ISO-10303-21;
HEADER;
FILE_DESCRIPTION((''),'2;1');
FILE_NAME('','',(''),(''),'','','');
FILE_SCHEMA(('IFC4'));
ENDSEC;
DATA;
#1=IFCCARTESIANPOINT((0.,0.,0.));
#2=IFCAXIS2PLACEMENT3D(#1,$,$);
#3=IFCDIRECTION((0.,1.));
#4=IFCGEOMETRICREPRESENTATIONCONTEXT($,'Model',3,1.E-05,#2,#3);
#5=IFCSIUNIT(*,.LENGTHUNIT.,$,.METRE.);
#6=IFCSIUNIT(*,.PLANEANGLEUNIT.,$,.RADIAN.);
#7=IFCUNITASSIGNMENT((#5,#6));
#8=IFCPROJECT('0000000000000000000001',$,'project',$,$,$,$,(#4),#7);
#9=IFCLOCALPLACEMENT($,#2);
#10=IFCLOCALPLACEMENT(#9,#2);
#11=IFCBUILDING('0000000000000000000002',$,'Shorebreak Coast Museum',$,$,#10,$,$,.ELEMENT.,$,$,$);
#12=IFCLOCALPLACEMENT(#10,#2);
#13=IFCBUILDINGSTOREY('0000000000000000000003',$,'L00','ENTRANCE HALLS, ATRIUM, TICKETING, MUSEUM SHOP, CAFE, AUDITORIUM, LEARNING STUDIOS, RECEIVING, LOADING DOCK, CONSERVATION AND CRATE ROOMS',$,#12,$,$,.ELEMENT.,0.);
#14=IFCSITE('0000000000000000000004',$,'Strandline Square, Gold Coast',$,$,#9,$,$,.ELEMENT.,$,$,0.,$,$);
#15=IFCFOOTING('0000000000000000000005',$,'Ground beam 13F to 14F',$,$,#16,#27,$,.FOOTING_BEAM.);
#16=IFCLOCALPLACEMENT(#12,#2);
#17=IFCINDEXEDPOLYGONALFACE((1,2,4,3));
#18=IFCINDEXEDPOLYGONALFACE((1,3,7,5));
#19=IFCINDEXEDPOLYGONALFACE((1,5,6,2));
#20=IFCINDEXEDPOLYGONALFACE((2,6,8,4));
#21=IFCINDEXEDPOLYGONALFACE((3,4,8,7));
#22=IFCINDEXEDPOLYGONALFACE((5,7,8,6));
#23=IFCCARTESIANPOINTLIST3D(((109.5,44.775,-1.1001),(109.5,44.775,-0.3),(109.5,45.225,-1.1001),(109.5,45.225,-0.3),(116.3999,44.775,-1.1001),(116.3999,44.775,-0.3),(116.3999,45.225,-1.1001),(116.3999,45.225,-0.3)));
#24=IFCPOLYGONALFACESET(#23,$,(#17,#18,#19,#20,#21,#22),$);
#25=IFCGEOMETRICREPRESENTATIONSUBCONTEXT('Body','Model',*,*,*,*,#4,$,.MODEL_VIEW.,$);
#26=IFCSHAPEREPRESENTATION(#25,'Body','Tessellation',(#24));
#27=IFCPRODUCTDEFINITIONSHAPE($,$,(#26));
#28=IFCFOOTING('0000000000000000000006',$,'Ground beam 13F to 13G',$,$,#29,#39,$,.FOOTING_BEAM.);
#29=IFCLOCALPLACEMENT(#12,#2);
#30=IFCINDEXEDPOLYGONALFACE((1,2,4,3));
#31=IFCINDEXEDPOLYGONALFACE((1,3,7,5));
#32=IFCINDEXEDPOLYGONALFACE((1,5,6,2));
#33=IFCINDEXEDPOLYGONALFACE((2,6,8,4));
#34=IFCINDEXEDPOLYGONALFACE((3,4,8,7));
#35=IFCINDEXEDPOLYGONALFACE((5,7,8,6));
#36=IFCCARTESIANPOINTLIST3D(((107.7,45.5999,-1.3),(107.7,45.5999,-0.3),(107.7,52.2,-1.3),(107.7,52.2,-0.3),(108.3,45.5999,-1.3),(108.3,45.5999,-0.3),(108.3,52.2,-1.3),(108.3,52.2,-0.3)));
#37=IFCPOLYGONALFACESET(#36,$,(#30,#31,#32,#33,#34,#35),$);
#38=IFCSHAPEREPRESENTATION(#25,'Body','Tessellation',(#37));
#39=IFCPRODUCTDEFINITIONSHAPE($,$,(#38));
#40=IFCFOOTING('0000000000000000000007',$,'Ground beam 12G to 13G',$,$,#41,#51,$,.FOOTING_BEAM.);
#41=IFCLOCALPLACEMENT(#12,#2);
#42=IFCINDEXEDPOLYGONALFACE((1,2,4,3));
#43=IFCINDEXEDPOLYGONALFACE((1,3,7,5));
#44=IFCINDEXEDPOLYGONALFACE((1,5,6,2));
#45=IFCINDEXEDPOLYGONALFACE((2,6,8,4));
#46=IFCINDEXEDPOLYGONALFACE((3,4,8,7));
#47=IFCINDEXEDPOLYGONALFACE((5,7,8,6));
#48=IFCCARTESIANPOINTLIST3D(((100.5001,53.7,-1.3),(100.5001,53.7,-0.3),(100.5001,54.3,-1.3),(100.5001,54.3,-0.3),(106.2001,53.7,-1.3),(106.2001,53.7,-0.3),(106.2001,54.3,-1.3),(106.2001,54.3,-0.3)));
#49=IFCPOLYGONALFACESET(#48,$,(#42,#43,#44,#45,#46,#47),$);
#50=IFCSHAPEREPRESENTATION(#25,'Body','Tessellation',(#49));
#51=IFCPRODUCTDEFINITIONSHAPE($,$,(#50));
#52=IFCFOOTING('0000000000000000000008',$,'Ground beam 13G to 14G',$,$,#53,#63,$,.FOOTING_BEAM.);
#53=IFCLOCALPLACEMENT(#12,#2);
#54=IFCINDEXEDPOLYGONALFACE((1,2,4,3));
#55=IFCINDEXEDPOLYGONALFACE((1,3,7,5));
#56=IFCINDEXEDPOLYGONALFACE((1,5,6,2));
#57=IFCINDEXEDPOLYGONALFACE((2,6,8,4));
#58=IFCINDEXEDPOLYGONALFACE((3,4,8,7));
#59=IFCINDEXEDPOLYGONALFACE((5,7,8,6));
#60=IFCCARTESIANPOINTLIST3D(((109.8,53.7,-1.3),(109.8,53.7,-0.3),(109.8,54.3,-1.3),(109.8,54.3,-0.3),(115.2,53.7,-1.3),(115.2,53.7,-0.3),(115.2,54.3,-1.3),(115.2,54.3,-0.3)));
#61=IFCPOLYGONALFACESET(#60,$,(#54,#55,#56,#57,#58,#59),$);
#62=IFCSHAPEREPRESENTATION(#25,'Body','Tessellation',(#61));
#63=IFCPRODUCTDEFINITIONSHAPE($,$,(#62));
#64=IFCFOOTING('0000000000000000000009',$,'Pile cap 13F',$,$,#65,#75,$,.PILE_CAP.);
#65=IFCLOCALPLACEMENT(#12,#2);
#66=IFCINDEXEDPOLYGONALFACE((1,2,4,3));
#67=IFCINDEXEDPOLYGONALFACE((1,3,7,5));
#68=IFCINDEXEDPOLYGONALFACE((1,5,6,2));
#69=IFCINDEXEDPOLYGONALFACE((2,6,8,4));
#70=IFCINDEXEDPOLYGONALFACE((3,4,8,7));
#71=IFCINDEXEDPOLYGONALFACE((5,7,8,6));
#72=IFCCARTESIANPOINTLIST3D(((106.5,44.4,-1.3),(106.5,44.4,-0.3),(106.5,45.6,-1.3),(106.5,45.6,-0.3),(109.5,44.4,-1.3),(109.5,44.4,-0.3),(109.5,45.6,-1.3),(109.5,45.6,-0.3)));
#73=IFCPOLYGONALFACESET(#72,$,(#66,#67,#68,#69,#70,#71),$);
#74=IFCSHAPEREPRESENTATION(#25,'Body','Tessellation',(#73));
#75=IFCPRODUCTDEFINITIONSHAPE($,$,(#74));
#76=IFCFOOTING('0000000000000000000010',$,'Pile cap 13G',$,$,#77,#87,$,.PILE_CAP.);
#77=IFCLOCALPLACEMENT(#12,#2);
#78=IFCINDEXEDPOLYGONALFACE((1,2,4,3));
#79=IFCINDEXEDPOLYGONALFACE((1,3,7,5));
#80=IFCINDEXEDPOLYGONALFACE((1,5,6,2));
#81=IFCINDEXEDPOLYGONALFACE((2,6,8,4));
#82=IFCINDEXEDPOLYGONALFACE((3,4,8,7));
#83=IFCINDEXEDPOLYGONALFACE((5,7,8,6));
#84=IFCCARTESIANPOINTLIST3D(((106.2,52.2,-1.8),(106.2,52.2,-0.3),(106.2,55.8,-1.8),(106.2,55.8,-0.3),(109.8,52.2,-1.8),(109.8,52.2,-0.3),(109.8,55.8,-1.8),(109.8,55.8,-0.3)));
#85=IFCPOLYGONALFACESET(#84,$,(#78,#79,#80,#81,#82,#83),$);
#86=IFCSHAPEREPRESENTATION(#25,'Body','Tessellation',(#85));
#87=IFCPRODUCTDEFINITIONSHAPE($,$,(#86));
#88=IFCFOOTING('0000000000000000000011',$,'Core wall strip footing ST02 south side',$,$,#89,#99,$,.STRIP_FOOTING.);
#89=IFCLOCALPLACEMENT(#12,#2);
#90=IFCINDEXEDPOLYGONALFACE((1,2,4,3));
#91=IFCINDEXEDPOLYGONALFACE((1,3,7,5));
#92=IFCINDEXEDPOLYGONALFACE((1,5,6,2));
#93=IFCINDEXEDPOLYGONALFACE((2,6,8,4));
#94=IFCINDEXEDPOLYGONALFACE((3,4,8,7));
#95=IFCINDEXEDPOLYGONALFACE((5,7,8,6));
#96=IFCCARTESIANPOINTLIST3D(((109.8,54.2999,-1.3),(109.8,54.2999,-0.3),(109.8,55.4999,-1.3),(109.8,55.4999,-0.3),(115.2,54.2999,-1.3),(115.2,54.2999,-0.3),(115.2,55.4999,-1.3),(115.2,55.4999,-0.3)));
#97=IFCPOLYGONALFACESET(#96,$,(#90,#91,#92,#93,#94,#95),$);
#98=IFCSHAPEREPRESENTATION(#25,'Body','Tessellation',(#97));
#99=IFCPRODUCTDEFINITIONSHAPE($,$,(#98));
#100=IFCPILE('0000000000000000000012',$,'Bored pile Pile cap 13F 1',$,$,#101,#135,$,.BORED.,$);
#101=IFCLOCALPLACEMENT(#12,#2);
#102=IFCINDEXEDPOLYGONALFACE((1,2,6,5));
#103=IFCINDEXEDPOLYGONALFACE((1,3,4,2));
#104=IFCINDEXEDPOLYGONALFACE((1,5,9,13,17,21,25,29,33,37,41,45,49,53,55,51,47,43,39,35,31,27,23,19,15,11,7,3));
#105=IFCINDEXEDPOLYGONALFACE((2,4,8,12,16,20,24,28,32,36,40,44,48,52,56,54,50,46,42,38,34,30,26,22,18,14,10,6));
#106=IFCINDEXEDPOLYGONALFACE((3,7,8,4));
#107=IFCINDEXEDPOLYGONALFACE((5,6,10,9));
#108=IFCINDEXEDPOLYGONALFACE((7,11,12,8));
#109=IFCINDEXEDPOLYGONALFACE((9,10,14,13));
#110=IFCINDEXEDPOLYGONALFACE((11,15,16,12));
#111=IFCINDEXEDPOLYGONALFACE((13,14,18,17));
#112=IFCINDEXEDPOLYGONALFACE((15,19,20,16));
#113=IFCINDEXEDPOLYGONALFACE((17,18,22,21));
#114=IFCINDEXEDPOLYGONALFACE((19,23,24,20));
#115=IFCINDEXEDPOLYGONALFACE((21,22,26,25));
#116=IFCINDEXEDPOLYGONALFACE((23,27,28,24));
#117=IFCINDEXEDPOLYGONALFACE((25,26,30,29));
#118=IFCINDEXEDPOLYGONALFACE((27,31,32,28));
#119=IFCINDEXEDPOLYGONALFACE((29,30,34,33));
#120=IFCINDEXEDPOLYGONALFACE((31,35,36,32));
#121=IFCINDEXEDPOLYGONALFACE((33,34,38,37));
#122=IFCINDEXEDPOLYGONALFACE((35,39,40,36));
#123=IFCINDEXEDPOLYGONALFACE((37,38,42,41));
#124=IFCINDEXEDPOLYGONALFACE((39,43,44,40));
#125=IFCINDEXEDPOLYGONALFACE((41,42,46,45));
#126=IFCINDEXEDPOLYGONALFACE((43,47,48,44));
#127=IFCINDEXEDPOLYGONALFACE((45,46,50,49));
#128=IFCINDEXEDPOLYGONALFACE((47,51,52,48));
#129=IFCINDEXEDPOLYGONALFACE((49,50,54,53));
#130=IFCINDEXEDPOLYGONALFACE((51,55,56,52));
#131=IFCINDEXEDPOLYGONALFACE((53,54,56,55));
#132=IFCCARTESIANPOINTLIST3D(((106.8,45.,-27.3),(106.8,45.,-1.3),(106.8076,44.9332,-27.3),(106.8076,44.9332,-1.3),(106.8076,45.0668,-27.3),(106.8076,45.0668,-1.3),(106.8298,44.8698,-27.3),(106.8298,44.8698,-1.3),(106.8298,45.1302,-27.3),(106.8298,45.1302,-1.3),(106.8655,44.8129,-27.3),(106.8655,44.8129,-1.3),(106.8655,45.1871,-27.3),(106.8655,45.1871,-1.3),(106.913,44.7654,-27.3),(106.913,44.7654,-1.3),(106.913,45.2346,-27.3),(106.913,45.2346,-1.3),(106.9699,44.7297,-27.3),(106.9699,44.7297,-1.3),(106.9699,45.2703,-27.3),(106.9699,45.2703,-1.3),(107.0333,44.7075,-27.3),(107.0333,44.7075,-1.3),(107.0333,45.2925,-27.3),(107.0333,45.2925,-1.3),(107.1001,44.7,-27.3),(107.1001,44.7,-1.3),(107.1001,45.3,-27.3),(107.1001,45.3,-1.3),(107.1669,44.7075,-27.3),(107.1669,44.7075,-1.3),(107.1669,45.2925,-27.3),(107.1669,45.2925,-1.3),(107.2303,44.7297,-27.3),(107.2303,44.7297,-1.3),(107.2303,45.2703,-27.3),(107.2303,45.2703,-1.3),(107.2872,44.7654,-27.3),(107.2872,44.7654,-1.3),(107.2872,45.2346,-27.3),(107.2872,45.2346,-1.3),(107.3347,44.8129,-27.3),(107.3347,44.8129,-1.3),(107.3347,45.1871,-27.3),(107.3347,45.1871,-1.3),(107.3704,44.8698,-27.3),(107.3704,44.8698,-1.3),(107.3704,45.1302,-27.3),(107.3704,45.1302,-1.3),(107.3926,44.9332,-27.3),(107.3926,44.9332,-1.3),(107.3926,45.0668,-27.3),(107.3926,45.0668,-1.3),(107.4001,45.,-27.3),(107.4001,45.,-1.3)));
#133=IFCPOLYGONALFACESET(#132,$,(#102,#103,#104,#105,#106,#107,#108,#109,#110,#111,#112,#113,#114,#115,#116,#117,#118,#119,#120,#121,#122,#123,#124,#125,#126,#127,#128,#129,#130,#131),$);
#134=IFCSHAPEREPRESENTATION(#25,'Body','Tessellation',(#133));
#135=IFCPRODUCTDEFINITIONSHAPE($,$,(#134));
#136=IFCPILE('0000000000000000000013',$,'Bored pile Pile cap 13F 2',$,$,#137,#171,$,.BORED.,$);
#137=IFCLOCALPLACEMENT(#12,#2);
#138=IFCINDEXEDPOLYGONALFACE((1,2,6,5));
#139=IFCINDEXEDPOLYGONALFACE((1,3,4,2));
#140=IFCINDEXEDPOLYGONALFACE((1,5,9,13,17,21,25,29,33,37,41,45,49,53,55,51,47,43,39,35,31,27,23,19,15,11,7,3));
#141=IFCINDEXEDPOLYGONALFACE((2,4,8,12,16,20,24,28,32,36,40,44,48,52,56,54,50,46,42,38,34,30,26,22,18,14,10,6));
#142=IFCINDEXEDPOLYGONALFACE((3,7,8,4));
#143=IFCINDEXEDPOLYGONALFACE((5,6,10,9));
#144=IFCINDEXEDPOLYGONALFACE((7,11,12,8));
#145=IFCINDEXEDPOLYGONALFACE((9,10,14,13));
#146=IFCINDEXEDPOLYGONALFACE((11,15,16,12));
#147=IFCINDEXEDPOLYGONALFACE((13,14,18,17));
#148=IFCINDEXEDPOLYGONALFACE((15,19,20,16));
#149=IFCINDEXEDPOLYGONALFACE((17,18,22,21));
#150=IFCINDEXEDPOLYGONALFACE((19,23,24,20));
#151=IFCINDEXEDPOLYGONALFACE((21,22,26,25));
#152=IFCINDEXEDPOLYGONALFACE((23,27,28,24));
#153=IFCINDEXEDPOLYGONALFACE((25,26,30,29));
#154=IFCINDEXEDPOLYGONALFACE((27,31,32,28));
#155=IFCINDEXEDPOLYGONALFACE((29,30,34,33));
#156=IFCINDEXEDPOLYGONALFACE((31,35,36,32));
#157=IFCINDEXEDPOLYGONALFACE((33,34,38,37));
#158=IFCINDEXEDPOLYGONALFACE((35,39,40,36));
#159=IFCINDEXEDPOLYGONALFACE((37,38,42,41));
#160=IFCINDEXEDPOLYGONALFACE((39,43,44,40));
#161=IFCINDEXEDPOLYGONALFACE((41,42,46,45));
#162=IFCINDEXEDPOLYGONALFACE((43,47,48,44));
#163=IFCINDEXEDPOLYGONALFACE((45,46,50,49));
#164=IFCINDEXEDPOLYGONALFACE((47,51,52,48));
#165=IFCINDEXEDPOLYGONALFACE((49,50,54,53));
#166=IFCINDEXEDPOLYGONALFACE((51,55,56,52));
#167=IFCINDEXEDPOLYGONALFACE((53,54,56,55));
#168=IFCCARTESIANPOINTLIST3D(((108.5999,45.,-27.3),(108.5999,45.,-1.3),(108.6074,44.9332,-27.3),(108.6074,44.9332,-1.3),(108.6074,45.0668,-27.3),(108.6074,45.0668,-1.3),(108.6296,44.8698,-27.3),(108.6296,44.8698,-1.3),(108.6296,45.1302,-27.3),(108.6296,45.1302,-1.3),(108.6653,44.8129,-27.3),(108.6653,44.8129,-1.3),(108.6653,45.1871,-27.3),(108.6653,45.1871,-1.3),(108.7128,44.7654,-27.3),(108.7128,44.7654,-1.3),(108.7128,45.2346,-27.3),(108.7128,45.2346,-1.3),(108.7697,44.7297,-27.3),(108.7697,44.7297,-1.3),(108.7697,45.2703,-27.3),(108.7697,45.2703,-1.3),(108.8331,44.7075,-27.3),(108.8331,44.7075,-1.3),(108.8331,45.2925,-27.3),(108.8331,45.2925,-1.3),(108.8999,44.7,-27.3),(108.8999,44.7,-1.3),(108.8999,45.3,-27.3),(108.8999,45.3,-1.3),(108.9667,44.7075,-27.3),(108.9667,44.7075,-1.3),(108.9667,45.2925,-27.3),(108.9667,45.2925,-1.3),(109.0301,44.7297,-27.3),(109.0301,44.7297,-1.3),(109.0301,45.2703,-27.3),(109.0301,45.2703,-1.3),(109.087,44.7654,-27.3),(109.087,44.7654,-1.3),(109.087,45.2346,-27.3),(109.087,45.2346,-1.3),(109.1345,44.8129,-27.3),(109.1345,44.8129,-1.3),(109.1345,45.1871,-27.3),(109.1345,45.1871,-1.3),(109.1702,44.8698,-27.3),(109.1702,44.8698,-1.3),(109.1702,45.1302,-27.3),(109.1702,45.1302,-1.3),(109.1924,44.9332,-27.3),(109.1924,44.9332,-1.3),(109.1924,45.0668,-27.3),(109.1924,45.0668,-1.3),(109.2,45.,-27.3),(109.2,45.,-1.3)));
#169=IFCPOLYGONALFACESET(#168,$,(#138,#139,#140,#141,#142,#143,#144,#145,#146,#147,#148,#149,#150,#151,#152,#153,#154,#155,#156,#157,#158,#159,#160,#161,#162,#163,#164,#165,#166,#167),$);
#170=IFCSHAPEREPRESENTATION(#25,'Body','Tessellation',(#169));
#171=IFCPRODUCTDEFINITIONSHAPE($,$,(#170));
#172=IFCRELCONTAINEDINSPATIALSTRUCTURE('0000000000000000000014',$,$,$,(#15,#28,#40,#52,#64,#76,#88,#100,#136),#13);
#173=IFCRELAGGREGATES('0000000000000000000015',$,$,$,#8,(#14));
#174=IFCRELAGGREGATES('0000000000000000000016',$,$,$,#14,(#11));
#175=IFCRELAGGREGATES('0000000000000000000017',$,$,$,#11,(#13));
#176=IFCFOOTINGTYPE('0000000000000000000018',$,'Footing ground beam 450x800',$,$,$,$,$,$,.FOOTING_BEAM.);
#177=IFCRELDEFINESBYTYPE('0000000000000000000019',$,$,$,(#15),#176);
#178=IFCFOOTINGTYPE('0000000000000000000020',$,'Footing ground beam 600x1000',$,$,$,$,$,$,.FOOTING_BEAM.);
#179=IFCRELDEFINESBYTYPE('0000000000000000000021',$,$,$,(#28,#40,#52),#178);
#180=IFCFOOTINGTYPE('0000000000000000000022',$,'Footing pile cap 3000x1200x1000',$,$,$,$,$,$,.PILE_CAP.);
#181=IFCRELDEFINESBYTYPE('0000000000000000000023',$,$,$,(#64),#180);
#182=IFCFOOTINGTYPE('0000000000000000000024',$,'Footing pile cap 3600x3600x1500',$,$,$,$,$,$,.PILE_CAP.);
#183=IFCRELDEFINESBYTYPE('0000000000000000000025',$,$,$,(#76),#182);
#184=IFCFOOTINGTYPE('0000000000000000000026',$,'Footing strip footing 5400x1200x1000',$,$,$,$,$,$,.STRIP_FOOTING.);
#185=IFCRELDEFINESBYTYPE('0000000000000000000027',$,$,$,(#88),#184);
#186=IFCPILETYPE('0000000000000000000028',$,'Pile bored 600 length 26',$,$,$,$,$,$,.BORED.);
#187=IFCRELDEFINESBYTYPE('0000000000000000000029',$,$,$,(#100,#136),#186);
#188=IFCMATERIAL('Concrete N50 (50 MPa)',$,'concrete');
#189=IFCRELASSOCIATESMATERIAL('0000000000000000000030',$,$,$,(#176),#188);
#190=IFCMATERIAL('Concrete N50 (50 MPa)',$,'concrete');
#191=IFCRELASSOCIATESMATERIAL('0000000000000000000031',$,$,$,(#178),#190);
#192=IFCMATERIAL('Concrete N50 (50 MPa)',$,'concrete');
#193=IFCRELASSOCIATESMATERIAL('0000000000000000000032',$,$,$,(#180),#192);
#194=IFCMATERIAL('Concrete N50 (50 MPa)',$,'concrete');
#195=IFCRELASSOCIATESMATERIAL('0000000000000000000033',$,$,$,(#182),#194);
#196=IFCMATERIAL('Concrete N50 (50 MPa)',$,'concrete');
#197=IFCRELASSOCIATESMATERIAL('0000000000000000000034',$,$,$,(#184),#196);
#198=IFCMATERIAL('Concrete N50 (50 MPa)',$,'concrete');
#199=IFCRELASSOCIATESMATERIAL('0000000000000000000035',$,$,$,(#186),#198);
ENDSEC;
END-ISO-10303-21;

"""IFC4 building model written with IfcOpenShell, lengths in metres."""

from ifc_helpers import new_model, si_unit, direction, frame, origin, origin_2d, place, context, subcontext, project, spatial, rectangle, circle, extrude, material, material_profile, profile_set, type_object, element, save


model = new_model("IFC4")

# Units and contexts
model_context = context("Model", 3, precision=1e-05, world=origin(), true_north=direction((0.0, 1.0)))
body_context = subcontext(model_context, "Body", "Model", "MODEL_VIEW")
ifc_project = project(units=[si_unit("LENGTHUNIT", "METRE"), si_unit("PLANEANGLEUNIT", "RADIAN")], contexts=[model_context])

# Site, building, storey
site_placement = place(None, origin())
site = spatial("IfcSite", under=ifc_project, at=site_placement, Name="Strandline Square, Gold Coast", CompositionType="ELEMENT", RefElevation=0.0)
building_placement = place(site_placement, origin())
building = spatial("IfcBuilding", under=site, at=building_placement, Name="Shorebreak Coast Museum", CompositionType="ELEMENT")
storey_placement = place(building_placement, origin())
storey = spatial("IfcBuildingStorey", under=building, at=storey_placement, Name="L00", Description="ENTRANCE HALLS, ATRIUM, TICKETING, MUSEUM SHOP, CAFE, AUDITORIUM, LEARNING STUDIOS, RECEIVING, LOADING DOCK, CONSERVATION AND CRATE ROOMS", CompositionType="ELEMENT", Elevation=0.0)

# Footings
ifc_material_1 = material(Name="Concrete N50 (50 MPa)", Category="concrete")
footing_type_1 = type_object("IfcFootingType", Name="Footing ground beam 450x800", PredefinedType="FOOTING_BEAM", material=ifc_material_1)
footing_1_placement = place(storey_placement, frame((112.95, 45.0, -1.1001), z_axis=(0.0, 0.0, 1.0), x_axis=(1.0, 0.0, 0.0)))
element("IfcFooting", 1, at=footing_1_placement, inside=storey, type_object=footing_type_1, Name="Ground beam 13F to 14F", PredefinedType="FOOTING_BEAM", context=body_context, shape_type="SweptSolid", body=[
    extrude(rectangle(XDim=6.8999, YDim=0.45, at=origin_2d()), origin(), (0.0, 0.0, 1.0), 0.8),
])
ifc_material_2 = material(Name="Concrete N50 (50 MPa)", Category="concrete")
footing_type_2 = type_object("IfcFootingType", Name="Footing ground beam 600x1000", PredefinedType="FOOTING_BEAM", material=ifc_material_2)
footing_2_placement = place(storey_placement, frame((108.0, 48.8999, -1.3), z_axis=(0.0, 0.0, 1.0), x_axis=(1.0, 0.0, 0.0)))
element("IfcFooting", 2, at=footing_2_placement, inside=storey, type_object=footing_type_2, Name="Ground beam 13F to 13G", PredefinedType="FOOTING_BEAM", context=body_context, shape_type="SweptSolid", body=[
    extrude(rectangle(XDim=0.6001, YDim=6.6001, at=origin_2d()), origin(), (0.0, 0.0, 1.0), 1.0),
])
footing_3_placement = place(storey_placement, frame((103.3501, 54.0, -1.3), z_axis=(0.0, 0.0, 1.0), x_axis=(1.0, 0.0, 0.0)))
element("IfcFooting", 3, at=footing_3_placement, inside=storey, type_object=footing_type_2, Name="Ground beam 12G to 13G", PredefinedType="FOOTING_BEAM", context=body_context, shape_type="SweptSolid", body=[
    extrude(rectangle(XDim=5.7, YDim=0.6001, at=origin_2d()), origin(), (0.0, 0.0, 1.0), 1.0),
])
footing_4_placement = place(storey_placement, frame((112.5, 54.0, -1.3), z_axis=(0.0, 0.0, 1.0), x_axis=(1.0, 0.0, 0.0)))
element("IfcFooting", 4, at=footing_4_placement, inside=storey, type_object=footing_type_2, Name="Ground beam 13G to 14G", PredefinedType="FOOTING_BEAM", context=body_context, shape_type="SweptSolid", body=[
    extrude(rectangle(XDim=5.3999, YDim=0.6001, at=origin_2d()), origin(), (0.0, 0.0, 1.0), 1.0),
])
ifc_material_3 = material(Name="Concrete N50 (50 MPa)", Category="concrete")
footing_type_3 = type_object("IfcFootingType", Name="Footing pile cap 3000x1200x1000", PredefinedType="PILE_CAP", material=ifc_material_3)
footing_5_placement = place(storey_placement, frame((108.0, 45.0, -1.3), z_axis=(0.0, 0.0, 1.0), x_axis=(1.0, 0.0, 0.0)))
element("IfcFooting", 5, at=footing_5_placement, inside=storey, type_object=footing_type_3, Name="Pile cap 13F", PredefinedType="PILE_CAP", context=body_context, shape_type="SweptSolid", body=[
    extrude(rectangle(XDim=3.0, YDim=1.2, at=origin_2d()), origin(), (0.0, 0.0, 1.0), 1.0),
])
ifc_material_4 = material(Name="Concrete N50 (50 MPa)", Category="concrete")
footing_type_4 = type_object("IfcFootingType", Name="Footing pile cap 3600x3600x1500", PredefinedType="PILE_CAP", material=ifc_material_4)
footing_6_placement = place(storey_placement, frame((108.0, 54.0, -1.8), z_axis=(0.0, 0.0, 1.0), x_axis=(1.0, 0.0, 0.0)))
element("IfcFooting", 6, at=footing_6_placement, inside=storey, type_object=footing_type_4, Name="Pile cap 13G", PredefinedType="PILE_CAP", context=body_context, shape_type="SweptSolid", body=[
    extrude(rectangle(XDim=3.6001, YDim=3.6001, at=origin_2d()), origin(), (0.0, 0.0, 1.0), 1.5),
])
ifc_material_5 = material(Name="Concrete N50 (50 MPa)", Category="concrete")
footing_type_5 = type_object("IfcFootingType", Name="Footing strip footing 5400x1200x1000", PredefinedType="STRIP_FOOTING", material=ifc_material_5)
footing_7_placement = place(storey_placement, frame((112.5, 54.8999, -1.3), z_axis=(0.0, 0.0, 1.0), x_axis=(1.0, 0.0, 0.0)))
element("IfcFooting", 7, at=footing_7_placement, inside=storey, type_object=footing_type_5, Name="Core wall strip footing ST02 south side", PredefinedType="STRIP_FOOTING", context=body_context, shape_type="SweptSolid", body=[
    extrude(rectangle(XDim=5.3999, YDim=1.2, at=origin_2d()), origin(), (0.0, 0.0, 1.0), 1.0),
])

# Piles
ifc_material_6 = material(Name="Concrete N50 (50 MPa)", Category="concrete")
ifc_material_profile_1 = material_profile(ifc_material_6, circle(Radius=0.3, at=origin_2d()), Name="Pile bored 600 length 26")
ifc_profile_set_1 = profile_set([ifc_material_profile_1], Name="Concrete N50 (50 MPa)")
pile_type_1 = type_object("IfcPileType", Name="Pile bored 600 length 26", PredefinedType="BORED", material=ifc_profile_set_1)
for number, where, z_axis, x_axis, name in (
    (8, (107.1001, 45.0, -1.3), (0.0, 0.0, -1.0), (1.0, 0.0, 0.0), "Bored pile Pile cap 13F 1"),
    (9, (108.8999, 45.0, -1.3), (0.0, 0.0, -1.0), (1.0, 0.0, 0.0), "Bored pile Pile cap 13F 2"),
):
    element("IfcPile", number, at=place(storey_placement, frame(where, z_axis=z_axis, x_axis=x_axis)), inside=storey, type_object=pile_type_1, Name=name, PredefinedType="BORED", context=body_context, shape_type="SweptSolid", body=[
        extrude(circle(Radius=0.3, at=origin_2d()), origin(), (0.0, 0.0, 1.0), 26.0),
    ])

save(model, "model.ifc")
